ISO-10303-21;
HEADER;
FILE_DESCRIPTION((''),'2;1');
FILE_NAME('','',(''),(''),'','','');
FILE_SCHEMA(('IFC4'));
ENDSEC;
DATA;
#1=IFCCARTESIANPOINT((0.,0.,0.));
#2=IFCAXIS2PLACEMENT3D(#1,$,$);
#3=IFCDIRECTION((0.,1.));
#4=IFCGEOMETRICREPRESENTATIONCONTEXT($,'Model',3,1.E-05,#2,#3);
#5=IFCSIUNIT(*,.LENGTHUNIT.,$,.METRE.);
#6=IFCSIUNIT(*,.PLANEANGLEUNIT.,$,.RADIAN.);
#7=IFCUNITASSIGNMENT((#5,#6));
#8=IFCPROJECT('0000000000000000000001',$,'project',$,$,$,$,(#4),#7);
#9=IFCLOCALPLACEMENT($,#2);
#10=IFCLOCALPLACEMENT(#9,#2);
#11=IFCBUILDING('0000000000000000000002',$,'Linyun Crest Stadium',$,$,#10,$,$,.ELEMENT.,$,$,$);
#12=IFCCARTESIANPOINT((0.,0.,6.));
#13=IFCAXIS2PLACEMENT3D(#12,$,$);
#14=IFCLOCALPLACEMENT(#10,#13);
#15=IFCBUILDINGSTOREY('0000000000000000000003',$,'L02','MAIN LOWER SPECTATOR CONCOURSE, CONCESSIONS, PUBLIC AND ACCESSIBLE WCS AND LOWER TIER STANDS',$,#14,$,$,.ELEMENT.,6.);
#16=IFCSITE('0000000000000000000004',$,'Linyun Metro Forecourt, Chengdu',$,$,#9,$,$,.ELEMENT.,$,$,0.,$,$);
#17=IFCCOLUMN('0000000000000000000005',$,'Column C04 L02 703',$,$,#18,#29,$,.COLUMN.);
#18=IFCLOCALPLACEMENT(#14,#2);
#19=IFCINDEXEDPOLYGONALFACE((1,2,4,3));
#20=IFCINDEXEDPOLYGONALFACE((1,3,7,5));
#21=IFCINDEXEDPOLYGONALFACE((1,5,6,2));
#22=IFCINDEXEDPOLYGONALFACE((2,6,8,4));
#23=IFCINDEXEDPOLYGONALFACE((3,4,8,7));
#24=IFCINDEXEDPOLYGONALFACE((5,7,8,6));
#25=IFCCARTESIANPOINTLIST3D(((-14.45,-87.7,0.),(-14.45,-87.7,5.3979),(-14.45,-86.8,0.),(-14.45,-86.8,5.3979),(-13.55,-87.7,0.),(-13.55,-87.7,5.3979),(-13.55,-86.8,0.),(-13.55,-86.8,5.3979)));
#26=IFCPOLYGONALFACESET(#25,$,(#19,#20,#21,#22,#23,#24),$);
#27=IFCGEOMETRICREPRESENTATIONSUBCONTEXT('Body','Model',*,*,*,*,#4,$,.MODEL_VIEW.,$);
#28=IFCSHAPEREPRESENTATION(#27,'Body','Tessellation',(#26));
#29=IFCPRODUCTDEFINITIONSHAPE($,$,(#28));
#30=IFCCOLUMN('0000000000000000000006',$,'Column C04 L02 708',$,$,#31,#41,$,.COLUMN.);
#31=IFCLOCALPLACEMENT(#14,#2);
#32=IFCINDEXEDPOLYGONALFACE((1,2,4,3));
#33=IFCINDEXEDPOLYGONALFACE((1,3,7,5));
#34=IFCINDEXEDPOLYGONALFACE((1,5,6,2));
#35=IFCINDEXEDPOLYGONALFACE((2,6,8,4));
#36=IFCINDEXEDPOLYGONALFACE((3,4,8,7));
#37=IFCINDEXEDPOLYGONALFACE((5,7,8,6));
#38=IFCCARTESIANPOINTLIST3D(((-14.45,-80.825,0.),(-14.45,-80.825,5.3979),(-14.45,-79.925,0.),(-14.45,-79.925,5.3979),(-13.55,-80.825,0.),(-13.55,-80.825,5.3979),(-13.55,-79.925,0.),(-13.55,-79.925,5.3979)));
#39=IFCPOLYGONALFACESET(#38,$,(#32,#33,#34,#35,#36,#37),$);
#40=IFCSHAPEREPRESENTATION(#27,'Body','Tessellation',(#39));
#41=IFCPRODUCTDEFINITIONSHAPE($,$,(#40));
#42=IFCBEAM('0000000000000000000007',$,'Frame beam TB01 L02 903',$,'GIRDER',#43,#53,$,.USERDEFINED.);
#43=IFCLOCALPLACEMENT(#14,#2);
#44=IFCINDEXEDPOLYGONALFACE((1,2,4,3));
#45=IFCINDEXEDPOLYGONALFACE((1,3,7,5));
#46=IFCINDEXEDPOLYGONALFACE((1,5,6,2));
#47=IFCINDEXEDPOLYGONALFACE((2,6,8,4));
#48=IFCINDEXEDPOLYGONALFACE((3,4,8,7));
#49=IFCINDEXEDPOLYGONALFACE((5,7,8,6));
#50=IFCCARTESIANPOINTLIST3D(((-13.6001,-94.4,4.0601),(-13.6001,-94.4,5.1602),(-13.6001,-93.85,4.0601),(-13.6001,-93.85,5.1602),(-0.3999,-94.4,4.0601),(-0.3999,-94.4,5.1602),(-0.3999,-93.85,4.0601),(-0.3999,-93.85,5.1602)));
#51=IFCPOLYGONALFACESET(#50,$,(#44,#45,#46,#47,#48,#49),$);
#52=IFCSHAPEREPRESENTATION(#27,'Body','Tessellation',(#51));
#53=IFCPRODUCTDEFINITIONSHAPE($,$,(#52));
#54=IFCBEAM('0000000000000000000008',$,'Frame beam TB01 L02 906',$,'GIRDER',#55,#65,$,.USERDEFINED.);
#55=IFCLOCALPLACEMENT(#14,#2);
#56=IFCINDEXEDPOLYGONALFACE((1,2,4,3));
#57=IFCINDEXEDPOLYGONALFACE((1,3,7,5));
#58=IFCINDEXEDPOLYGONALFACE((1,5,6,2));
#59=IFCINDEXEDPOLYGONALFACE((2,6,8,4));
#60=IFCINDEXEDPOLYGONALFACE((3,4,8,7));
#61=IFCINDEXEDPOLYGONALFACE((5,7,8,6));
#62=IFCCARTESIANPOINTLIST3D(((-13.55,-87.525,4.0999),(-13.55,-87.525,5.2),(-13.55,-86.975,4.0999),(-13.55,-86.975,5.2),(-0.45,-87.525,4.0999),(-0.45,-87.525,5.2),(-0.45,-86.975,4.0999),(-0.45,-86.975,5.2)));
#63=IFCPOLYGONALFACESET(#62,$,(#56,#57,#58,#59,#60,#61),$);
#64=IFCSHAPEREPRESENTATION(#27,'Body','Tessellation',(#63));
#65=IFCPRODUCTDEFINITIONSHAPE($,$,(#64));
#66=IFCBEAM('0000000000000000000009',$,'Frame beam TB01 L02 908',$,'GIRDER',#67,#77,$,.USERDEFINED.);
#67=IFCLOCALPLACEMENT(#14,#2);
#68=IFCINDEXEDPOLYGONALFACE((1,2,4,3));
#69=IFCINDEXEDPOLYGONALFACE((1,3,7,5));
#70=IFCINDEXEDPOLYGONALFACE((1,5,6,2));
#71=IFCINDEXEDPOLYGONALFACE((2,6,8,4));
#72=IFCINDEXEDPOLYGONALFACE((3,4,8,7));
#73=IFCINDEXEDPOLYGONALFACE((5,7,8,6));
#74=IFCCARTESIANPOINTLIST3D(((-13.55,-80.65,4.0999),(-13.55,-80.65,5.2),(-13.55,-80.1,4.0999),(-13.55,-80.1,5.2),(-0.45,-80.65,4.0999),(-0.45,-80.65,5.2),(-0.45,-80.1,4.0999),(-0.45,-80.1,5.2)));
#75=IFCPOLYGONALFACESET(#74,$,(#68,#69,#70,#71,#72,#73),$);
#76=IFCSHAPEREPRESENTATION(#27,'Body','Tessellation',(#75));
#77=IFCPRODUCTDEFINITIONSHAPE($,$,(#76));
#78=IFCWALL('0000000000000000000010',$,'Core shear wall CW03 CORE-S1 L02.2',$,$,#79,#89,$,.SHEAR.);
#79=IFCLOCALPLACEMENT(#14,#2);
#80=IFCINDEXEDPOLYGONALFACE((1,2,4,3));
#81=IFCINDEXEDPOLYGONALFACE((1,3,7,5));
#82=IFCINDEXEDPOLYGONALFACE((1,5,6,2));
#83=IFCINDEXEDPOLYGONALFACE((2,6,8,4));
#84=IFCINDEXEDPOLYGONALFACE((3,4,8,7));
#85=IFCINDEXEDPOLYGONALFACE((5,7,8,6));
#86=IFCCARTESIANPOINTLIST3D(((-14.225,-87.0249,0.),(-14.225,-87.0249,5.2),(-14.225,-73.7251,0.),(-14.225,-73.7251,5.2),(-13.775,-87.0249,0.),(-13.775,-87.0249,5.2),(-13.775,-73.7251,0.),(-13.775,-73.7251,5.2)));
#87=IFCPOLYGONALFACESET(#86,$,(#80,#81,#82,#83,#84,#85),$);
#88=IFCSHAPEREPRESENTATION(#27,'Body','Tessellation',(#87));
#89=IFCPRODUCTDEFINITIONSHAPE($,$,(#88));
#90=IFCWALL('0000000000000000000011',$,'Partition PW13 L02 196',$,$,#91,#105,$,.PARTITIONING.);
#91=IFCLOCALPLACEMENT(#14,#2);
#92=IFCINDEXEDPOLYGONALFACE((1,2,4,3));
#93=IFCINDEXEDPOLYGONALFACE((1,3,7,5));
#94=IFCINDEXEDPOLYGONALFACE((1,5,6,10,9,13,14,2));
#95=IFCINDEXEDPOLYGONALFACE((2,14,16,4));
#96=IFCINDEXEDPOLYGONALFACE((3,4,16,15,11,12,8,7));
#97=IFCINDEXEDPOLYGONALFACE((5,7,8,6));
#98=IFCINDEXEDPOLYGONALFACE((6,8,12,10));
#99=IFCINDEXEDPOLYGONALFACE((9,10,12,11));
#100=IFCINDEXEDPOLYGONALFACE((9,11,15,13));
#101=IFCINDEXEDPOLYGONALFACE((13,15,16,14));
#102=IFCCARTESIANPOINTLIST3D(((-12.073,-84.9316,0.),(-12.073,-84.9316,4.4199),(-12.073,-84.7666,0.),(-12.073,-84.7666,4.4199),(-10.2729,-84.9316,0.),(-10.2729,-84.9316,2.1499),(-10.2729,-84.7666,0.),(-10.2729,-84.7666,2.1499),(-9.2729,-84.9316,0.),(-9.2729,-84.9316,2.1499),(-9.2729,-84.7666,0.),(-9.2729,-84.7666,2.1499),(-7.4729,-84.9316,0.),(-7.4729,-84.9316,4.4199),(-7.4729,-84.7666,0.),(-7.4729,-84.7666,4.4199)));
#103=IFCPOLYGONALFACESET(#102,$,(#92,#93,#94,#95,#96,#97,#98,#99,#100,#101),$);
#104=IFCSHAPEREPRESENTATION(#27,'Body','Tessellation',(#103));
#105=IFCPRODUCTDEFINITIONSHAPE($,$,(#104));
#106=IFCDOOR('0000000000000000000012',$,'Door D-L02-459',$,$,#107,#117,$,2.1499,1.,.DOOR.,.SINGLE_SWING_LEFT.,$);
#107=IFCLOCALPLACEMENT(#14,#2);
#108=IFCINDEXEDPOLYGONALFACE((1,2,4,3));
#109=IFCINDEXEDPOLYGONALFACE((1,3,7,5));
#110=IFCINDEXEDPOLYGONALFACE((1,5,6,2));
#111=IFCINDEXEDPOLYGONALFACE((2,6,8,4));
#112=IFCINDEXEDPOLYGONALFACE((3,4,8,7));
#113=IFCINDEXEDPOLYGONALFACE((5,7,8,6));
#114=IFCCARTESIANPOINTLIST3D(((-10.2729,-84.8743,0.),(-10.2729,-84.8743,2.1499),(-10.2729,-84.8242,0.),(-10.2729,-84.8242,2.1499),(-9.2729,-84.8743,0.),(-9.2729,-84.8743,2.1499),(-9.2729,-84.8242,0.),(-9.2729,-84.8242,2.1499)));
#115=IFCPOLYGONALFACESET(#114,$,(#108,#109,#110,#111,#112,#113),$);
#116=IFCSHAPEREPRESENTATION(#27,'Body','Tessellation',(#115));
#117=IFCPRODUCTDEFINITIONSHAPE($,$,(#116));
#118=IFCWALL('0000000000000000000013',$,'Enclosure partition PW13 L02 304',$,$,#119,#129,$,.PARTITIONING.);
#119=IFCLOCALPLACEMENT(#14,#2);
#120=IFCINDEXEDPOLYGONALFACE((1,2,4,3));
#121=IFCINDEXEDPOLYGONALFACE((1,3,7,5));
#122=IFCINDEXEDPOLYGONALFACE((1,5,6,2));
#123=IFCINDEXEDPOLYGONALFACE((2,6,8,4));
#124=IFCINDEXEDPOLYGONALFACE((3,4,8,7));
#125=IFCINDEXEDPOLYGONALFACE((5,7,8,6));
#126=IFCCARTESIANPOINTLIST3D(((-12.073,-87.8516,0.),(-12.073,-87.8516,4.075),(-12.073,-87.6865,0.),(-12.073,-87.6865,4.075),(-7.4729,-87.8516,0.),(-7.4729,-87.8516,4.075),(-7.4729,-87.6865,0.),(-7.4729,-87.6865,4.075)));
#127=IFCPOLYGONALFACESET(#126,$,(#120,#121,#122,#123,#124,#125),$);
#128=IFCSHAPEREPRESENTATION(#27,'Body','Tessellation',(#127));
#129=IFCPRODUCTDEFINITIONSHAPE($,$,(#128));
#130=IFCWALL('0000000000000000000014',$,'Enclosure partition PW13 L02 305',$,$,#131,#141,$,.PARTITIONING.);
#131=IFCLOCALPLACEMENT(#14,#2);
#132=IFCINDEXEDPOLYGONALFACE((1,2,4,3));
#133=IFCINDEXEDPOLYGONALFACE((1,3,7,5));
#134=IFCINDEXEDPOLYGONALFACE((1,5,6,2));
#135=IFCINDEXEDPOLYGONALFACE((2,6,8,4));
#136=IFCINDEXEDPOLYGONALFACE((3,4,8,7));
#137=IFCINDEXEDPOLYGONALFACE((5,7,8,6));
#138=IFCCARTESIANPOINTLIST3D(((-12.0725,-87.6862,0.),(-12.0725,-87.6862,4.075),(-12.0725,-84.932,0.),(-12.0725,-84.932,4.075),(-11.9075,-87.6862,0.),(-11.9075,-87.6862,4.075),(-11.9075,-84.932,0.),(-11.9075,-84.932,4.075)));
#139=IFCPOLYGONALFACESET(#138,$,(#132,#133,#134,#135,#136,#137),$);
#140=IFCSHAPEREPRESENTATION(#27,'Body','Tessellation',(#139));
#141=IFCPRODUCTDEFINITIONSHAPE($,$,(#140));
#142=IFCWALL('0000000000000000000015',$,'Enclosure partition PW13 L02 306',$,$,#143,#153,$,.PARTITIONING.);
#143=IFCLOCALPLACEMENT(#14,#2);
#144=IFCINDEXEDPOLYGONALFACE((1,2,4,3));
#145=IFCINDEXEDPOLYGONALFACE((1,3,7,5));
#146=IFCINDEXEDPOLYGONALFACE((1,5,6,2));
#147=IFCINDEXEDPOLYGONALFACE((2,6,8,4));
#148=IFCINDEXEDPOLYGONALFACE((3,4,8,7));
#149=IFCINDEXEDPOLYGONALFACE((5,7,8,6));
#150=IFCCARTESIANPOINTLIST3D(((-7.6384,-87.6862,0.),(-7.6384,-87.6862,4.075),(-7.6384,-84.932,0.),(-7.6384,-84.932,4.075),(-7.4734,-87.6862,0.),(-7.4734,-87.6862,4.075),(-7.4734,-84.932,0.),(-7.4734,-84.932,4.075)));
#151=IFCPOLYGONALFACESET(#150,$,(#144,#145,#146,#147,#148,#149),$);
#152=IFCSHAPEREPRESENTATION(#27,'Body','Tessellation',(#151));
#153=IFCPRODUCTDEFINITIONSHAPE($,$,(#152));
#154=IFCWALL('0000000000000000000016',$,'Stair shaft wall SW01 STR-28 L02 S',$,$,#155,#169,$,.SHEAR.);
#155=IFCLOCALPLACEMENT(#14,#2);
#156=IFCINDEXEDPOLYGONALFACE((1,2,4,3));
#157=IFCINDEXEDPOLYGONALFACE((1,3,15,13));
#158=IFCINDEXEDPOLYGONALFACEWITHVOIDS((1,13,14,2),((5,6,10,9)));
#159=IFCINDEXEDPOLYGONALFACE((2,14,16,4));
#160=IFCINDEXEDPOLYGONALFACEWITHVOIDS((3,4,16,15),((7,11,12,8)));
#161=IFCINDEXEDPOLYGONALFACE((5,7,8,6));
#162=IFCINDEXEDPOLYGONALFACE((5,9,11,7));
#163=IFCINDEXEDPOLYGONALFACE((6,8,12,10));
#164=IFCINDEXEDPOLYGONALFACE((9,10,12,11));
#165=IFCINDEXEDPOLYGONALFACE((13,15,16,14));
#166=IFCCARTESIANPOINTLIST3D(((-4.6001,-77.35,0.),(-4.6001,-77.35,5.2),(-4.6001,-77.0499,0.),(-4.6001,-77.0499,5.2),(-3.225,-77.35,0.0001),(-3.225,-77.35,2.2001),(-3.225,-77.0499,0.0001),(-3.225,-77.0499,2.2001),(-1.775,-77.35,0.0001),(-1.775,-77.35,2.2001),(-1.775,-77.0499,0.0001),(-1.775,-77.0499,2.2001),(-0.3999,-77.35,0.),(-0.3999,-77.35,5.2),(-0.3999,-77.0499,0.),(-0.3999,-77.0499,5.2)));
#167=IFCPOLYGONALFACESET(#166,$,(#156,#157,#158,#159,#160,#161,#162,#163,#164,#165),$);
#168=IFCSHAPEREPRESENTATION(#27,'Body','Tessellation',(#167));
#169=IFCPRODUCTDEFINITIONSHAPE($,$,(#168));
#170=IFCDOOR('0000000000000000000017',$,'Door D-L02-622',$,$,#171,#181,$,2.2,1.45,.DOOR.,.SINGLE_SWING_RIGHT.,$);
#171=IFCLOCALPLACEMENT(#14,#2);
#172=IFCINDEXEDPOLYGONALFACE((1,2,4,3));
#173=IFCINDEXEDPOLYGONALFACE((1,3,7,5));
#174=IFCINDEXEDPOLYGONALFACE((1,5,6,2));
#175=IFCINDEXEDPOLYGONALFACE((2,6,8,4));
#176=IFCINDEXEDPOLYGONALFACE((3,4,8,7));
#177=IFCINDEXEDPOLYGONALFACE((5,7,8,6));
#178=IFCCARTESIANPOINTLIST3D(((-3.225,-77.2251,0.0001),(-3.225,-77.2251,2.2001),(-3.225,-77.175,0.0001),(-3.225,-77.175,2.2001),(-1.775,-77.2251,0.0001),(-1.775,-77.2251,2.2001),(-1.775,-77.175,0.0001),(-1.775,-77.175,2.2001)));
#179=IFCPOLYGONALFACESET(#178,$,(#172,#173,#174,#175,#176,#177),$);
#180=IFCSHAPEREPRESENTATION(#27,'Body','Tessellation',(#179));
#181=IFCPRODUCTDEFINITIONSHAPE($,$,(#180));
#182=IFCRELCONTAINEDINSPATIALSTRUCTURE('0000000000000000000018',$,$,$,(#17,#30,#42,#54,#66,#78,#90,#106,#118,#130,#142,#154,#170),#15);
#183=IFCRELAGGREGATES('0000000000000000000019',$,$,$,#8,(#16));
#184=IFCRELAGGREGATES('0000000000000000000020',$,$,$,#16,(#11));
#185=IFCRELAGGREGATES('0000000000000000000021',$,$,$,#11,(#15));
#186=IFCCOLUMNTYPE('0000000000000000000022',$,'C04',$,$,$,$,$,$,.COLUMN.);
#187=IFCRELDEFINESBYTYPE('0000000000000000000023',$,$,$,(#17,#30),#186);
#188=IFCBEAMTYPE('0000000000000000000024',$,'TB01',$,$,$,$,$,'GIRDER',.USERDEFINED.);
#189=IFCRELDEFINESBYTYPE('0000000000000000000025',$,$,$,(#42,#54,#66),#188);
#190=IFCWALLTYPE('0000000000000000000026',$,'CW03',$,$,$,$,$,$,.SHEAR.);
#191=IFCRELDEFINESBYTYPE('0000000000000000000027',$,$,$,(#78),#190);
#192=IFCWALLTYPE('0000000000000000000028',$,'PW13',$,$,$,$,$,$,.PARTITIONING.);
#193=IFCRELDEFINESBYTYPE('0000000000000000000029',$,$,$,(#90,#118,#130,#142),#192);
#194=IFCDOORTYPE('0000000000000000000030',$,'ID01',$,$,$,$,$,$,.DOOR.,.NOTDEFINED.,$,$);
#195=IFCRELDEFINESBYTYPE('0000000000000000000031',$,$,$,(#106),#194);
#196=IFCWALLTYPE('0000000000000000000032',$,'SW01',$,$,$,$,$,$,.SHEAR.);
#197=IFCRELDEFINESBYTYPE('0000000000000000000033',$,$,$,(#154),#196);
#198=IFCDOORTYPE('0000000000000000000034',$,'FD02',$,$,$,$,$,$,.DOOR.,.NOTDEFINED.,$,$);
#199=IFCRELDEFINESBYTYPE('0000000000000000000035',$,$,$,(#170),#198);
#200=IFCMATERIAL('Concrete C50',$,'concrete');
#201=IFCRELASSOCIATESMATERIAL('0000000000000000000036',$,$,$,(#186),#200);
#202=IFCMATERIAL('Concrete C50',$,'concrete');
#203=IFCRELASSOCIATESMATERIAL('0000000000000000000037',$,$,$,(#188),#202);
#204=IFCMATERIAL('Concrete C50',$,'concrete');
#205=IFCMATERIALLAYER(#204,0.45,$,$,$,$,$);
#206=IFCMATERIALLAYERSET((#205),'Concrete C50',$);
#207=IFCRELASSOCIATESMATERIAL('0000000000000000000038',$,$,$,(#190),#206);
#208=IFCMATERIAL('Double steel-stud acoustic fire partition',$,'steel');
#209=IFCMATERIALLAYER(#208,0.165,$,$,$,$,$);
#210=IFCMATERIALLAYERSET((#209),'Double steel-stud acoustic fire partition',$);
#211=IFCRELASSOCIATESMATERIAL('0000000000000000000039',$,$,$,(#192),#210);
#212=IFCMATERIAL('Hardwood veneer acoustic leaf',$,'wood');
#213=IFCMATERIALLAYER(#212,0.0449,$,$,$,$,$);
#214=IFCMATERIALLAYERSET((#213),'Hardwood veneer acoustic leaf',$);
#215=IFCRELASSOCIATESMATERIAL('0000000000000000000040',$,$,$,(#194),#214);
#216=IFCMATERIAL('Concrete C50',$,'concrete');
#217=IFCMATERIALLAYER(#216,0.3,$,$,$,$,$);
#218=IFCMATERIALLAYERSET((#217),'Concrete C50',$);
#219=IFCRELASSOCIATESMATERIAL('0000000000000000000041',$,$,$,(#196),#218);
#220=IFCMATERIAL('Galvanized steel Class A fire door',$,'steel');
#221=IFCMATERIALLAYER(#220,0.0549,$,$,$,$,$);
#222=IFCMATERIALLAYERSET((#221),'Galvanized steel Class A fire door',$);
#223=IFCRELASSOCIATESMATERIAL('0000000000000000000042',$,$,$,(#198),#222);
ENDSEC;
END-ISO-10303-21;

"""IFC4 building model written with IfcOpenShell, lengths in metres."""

from ifc_helpers import new_model, si_unit, direction, frame, frame_2d, origin, origin_2d, place, context, subcontext, project, spatial, rectangle, extrude, material, layer, layer_set, material_profile, profile_set, type_object, element, fill, save


model = new_model("IFC4")

# Units and contexts
model_context = context("Model", 3, precision=1e-05, world=origin(), true_north=direction((0.0, 1.0)))
body_context = subcontext(model_context, "Body", "Model", "MODEL_VIEW")
ifc_project = project(units=[si_unit("LENGTHUNIT", "METRE"), si_unit("PLANEANGLEUNIT", "RADIAN")], contexts=[model_context])

# Site, building, storey
site_placement = place(None, origin())
site = spatial("IfcSite", under=ifc_project, at=site_placement, Name="Linyun Metro Forecourt, Chengdu", CompositionType="ELEMENT", RefElevation=0.0)
building_placement = place(site_placement, origin())
building = spatial("IfcBuilding", under=site, at=building_placement, Name="Linyun Crest Stadium", CompositionType="ELEMENT")
storey_placement = place(building_placement, frame((0.0, 0.0, 6.0)))
storey = spatial("IfcBuildingStorey", under=building, at=storey_placement, Name="L02", Description="MAIN LOWER SPECTATOR CONCOURSE, CONCESSIONS, PUBLIC AND ACCESSIBLE WCS AND LOWER TIER STANDS", CompositionType="ELEMENT", Elevation=6.0)

# Columns
ifc_material_1 = material(Name="Concrete C50", Category="concrete")
ifc_material_profile_1 = material_profile(ifc_material_1, rectangle(XDim=0.8999, YDim=0.8999, at=origin_2d()), Name="RC 900x900")
ifc_profile_set_1 = profile_set([ifc_material_profile_1], Name="Concrete C50")
column_type = type_object("IfcColumnType", Name="C04", PredefinedType="COLUMN", material=ifc_profile_set_1)
for number, where, z_axis, x_axis, name in (
    (1, (-14.0, -87.25, 0.0), (0.0, 0.0, 1.0), (1.0, 0.0, 0.0), "Column C04 L02 703"),
    (2, (-14.0, -80.375, 0.0), (0.0, 0.0, 1.0), (1.0, 0.0, 0.0), "Column C04 L02 708"),
):
    element("IfcColumn", number, at=place(storey_placement, frame(where, z_axis=z_axis, x_axis=x_axis)), inside=storey, type_object=column_type, Name=name, PredefinedType="COLUMN", context=body_context, shape_type="SweptSolid", body=[
        extrude(rectangle(XDim=0.8999, YDim=0.8999, at=origin_2d()), origin(), (0.0, 0.0, 1.0), 5.3979),
    ])

# Beams
ifc_material_2 = material(Name="Concrete C50", Category="concrete")
ifc_material_profile_2 = material_profile(ifc_material_2, rectangle(XDim=0.55, YDim=1.1001, at=origin_2d()), Name="RCB 1100x550")
ifc_profile_set_2 = profile_set([ifc_material_profile_2], Name="Concrete C50")
beam_type = type_object("IfcBeamType", Name="TB01", ElementType="GIRDER", PredefinedType="USERDEFINED", material=ifc_profile_set_2)
beam_placement = place(storey_placement, frame((-13.6001, -94.125, 4.6101), z_axis=(1.0, 0.0, 0.0), x_axis=(0.0, 1.0, 0.0)))
element("IfcBeam", 3, at=beam_placement, inside=storey, type_object=beam_type, Name="Frame beam TB01 L02 903", ObjectType="GIRDER", PredefinedType="USERDEFINED", context=body_context, shape_type="SweptSolid", body=[
    extrude(rectangle(XDim=0.55, YDim=1.1001, at=origin_2d()), origin(), (0.0, 0.0, 1.0), 13.2002),
])
for number, where, z_axis, x_axis, name in (
    (4, (-13.55, -87.25, 4.6499), (1.0, 0.0, 0.0), (0.0, 1.0, 0.0), "Frame beam TB01 L02 906"),
    (5, (-13.55, -80.375, 4.6499), (1.0, 0.0, 0.0), (0.0, 1.0, 0.0), "Frame beam TB01 L02 908"),
):
    element("IfcBeam", number, at=place(storey_placement, frame(where, z_axis=z_axis, x_axis=x_axis)), inside=storey, type_object=beam_type, Name=name, ObjectType="GIRDER", PredefinedType="USERDEFINED", context=body_context, shape_type="SweptSolid", body=[
        extrude(rectangle(XDim=0.55, YDim=1.1001, at=origin_2d()), origin(), (0.0, 0.0, 1.0), 13.1001),
    ])

# Wall
ifc_material_3 = material(Name="Concrete C50", Category="concrete")
ifc_layer_1 = layer(ifc_material_3, 0.45)
ifc_layer_set_1 = layer_set([ifc_layer_1], Name="Concrete C50")
wall_type_1 = type_object("IfcWallType", Name="CW03", PredefinedType="SHEAR", material=ifc_layer_set_1)
wall_1_placement = place(storey_placement, frame((-14.0, -87.0249, 0.0), z_axis=(0.0, 0.0, 1.0), x_axis=(0.0, 1.0, 0.0)))
element("IfcWall", 6, at=wall_1_placement, inside=storey, type_object=wall_type_1, Name="Core shear wall CW03 CORE-S1 L02.2", PredefinedType="SHEAR", context=body_context, shape_type="SweptSolid", body=[
    extrude(rectangle(XDim=13.2998, YDim=0.45, at=frame_2d((6.6499, 0.0))), origin(), (0.0, 0.0, 1.0), 5.2),
])

# Wall, opening, door
ifc_material_4 = material(Name="Double steel-stud acoustic fire partition", Category="steel")
ifc_layer_2 = layer(ifc_material_4, 0.165)
ifc_layer_set_2 = layer_set([ifc_layer_2], Name="Double steel-stud acoustic fire partition")
wall_type_2 = type_object("IfcWallType", Name="PW13", PredefinedType="PARTITIONING", material=ifc_layer_set_2)
wall_2_placement = place(storey_placement, frame((-12.073, -84.8491, 0.0), z_axis=(0.0, 0.0, 1.0), x_axis=(1.0, 0.0, 0.0)))
wall_2 = element("IfcWall", 7, at=wall_2_placement, inside=storey, type_object=wall_type_2, Name="Partition PW13 L02 196", PredefinedType="PARTITIONING", context=body_context, shape_type="SweptSolid", body=[
    extrude(rectangle(XDim=4.6001, YDim=0.165, at=frame_2d((2.3, 0.0))), origin(), (0.0, 0.0, 1.0), 4.4199),
])
opening_1_placement = place(wall_2_placement, frame((1.8, 0.0, 0.0)))
opening_1 = element("IfcOpeningElement", 8, at=opening_1_placement, cuts=wall_2, PredefinedType="OPENING", context=body_context, shape_type="SweptSolid", body=[
    extrude(rectangle(XDim=1.0, YDim=2.1499, at=frame_2d((0.5, 1.075))), frame((0.0, 0.0925, 0.0), z_axis=(0.0, -1.0, 0.0), x_axis=(1.0, 0.0, 0.0)), (0.0, 0.0, 1.0), 0.1851),
])
ifc_material_5 = material(Name="Hardwood veneer acoustic leaf", Category="wood")
ifc_layer_3 = layer(ifc_material_5, 0.0449)
ifc_layer_set_3 = layer_set([ifc_layer_3], Name="Hardwood veneer acoustic leaf")
door_type_1 = type_object("IfcDoorType", Name="ID01", OperationType="NOTDEFINED", PredefinedType="DOOR", material=ifc_layer_set_3)
door_1_placement = place(opening_1_placement, origin())
door_1 = element("IfcDoor", 9, at=door_1_placement, inside=storey, type_object=door_type_1, Name="Door D-L02-459", OperationType="SINGLE_SWING_LEFT", OverallHeight=2.1499, OverallWidth=1.0, PredefinedType="DOOR", context=body_context, shape_type="SweptSolid", body=[
    extrude(rectangle(XDim=1.0, YDim=2.1499, at=frame_2d((0.5, 1.075))), frame((0.0, 0.0249, 0.0), z_axis=(0.0, -1.0, 0.0), x_axis=(1.0, 0.0, 0.0)), (0.0, 0.0, 1.0), 0.05),
])
fill(opening_1, door_1)

# Walls
wall_3_placement = place(storey_placement, frame((-12.073, -87.769, 0.0), z_axis=(0.0, 0.0, 1.0), x_axis=(1.0, 0.0, 0.0)))
element("IfcWall", 10, at=wall_3_placement, inside=storey, type_object=wall_type_2, Name="Enclosure partition PW13 L02 304", PredefinedType="PARTITIONING", context=body_context, shape_type="SweptSolid", body=[
    extrude(rectangle(XDim=4.6001, YDim=0.165, at=frame_2d((2.3, 0.0))), origin(), (0.0, 0.0, 1.0), 4.075),
])
for number, where, z_axis, x_axis, name in (
    (11, (-11.99, -87.686, 0.0), (0.0, 0.0, 1.0), (0.0, 1.0, 0.0), "Enclosure partition PW13 L02 305"),
    (12, (-7.5559, -87.686, 0.0), (0.0, 0.0, 1.0), (0.0, 1.0, 0.0), "Enclosure partition PW13 L02 306"),
):
    element("IfcWall", number, at=place(storey_placement, frame(where, z_axis=z_axis, x_axis=x_axis)), inside=storey, type_object=wall_type_2, Name=name, PredefinedType="PARTITIONING", context=body_context, shape_type="SweptSolid", body=[
        extrude(rectangle(XDim=2.7542, YDim=0.165, at=frame_2d((1.377, 0.0))), origin(), (0.0, 0.0, 1.0), 4.075),
    ])

# Wall, opening, door
ifc_material_6 = material(Name="Concrete C50", Category="concrete")
ifc_layer_4 = layer(ifc_material_6, 0.3)
ifc_layer_set_4 = layer_set([ifc_layer_4], Name="Concrete C50")
wall_type_3 = type_object("IfcWallType", Name="SW01", PredefinedType="SHEAR", material=ifc_layer_set_4)
wall_4_placement = place(storey_placement, frame((-4.6001, -77.2, 0.0), z_axis=(0.0, 0.0, 1.0), x_axis=(1.0, 0.0, 0.0)))
wall_4 = element("IfcWall", 13, at=wall_4_placement, inside=storey, type_object=wall_type_3, Name="Stair shaft wall SW01 STR-28 L02 S", PredefinedType="SHEAR", context=body_context, shape_type="SweptSolid", body=[
    extrude(rectangle(XDim=4.2002, YDim=0.3, at=frame_2d((2.1001, 0.0))), origin(), (0.0, 0.0, 1.0), 5.2),
])
opening_2_placement = place(wall_4_placement, frame((1.375, 0.0, 0.0)))
opening_2 = element("IfcOpeningElement", 14, at=opening_2_placement, cuts=wall_4, PredefinedType="OPENING", context=body_context, shape_type="SweptSolid", body=[
    extrude(rectangle(XDim=1.45, YDim=2.2, at=frame_2d((0.7251, 1.1001))), frame((0.0, 0.1599, 0.0), z_axis=(0.0, -1.0, 0.0), x_axis=(1.0, 0.0, 0.0)), (0.0, 0.0, 1.0), 0.3201),
])
ifc_material_7 = material(Name="Galvanized steel Class A fire door", Category="steel")
ifc_layer_5 = layer(ifc_material_7, 0.0549)
ifc_layer_set_5 = layer_set([ifc_layer_5], Name="Galvanized steel Class A fire door")
door_type_2 = type_object("IfcDoorType", Name="FD02", OperationType="NOTDEFINED", PredefinedType="DOOR", material=ifc_layer_set_5)
door_2_placement = place(opening_2_placement, origin())
door_2 = element("IfcDoor", 15, at=door_2_placement, inside=storey, type_object=door_type_2, Name="Door D-L02-622", OperationType="SINGLE_SWING_RIGHT", OverallHeight=2.2, OverallWidth=1.45, PredefinedType="DOOR", context=body_context, shape_type="SweptSolid", body=[
    extrude(rectangle(XDim=1.45, YDim=2.2, at=frame_2d((0.7251, 1.1001))), frame((0.0, 0.0249, 0.0), z_axis=(0.0, -1.0, 0.0), x_axis=(1.0, 0.0, 0.0)), (0.0, 0.0, 1.0), 0.05),
])
fill(opening_2, door_2)

save(model, "model.ifc")
